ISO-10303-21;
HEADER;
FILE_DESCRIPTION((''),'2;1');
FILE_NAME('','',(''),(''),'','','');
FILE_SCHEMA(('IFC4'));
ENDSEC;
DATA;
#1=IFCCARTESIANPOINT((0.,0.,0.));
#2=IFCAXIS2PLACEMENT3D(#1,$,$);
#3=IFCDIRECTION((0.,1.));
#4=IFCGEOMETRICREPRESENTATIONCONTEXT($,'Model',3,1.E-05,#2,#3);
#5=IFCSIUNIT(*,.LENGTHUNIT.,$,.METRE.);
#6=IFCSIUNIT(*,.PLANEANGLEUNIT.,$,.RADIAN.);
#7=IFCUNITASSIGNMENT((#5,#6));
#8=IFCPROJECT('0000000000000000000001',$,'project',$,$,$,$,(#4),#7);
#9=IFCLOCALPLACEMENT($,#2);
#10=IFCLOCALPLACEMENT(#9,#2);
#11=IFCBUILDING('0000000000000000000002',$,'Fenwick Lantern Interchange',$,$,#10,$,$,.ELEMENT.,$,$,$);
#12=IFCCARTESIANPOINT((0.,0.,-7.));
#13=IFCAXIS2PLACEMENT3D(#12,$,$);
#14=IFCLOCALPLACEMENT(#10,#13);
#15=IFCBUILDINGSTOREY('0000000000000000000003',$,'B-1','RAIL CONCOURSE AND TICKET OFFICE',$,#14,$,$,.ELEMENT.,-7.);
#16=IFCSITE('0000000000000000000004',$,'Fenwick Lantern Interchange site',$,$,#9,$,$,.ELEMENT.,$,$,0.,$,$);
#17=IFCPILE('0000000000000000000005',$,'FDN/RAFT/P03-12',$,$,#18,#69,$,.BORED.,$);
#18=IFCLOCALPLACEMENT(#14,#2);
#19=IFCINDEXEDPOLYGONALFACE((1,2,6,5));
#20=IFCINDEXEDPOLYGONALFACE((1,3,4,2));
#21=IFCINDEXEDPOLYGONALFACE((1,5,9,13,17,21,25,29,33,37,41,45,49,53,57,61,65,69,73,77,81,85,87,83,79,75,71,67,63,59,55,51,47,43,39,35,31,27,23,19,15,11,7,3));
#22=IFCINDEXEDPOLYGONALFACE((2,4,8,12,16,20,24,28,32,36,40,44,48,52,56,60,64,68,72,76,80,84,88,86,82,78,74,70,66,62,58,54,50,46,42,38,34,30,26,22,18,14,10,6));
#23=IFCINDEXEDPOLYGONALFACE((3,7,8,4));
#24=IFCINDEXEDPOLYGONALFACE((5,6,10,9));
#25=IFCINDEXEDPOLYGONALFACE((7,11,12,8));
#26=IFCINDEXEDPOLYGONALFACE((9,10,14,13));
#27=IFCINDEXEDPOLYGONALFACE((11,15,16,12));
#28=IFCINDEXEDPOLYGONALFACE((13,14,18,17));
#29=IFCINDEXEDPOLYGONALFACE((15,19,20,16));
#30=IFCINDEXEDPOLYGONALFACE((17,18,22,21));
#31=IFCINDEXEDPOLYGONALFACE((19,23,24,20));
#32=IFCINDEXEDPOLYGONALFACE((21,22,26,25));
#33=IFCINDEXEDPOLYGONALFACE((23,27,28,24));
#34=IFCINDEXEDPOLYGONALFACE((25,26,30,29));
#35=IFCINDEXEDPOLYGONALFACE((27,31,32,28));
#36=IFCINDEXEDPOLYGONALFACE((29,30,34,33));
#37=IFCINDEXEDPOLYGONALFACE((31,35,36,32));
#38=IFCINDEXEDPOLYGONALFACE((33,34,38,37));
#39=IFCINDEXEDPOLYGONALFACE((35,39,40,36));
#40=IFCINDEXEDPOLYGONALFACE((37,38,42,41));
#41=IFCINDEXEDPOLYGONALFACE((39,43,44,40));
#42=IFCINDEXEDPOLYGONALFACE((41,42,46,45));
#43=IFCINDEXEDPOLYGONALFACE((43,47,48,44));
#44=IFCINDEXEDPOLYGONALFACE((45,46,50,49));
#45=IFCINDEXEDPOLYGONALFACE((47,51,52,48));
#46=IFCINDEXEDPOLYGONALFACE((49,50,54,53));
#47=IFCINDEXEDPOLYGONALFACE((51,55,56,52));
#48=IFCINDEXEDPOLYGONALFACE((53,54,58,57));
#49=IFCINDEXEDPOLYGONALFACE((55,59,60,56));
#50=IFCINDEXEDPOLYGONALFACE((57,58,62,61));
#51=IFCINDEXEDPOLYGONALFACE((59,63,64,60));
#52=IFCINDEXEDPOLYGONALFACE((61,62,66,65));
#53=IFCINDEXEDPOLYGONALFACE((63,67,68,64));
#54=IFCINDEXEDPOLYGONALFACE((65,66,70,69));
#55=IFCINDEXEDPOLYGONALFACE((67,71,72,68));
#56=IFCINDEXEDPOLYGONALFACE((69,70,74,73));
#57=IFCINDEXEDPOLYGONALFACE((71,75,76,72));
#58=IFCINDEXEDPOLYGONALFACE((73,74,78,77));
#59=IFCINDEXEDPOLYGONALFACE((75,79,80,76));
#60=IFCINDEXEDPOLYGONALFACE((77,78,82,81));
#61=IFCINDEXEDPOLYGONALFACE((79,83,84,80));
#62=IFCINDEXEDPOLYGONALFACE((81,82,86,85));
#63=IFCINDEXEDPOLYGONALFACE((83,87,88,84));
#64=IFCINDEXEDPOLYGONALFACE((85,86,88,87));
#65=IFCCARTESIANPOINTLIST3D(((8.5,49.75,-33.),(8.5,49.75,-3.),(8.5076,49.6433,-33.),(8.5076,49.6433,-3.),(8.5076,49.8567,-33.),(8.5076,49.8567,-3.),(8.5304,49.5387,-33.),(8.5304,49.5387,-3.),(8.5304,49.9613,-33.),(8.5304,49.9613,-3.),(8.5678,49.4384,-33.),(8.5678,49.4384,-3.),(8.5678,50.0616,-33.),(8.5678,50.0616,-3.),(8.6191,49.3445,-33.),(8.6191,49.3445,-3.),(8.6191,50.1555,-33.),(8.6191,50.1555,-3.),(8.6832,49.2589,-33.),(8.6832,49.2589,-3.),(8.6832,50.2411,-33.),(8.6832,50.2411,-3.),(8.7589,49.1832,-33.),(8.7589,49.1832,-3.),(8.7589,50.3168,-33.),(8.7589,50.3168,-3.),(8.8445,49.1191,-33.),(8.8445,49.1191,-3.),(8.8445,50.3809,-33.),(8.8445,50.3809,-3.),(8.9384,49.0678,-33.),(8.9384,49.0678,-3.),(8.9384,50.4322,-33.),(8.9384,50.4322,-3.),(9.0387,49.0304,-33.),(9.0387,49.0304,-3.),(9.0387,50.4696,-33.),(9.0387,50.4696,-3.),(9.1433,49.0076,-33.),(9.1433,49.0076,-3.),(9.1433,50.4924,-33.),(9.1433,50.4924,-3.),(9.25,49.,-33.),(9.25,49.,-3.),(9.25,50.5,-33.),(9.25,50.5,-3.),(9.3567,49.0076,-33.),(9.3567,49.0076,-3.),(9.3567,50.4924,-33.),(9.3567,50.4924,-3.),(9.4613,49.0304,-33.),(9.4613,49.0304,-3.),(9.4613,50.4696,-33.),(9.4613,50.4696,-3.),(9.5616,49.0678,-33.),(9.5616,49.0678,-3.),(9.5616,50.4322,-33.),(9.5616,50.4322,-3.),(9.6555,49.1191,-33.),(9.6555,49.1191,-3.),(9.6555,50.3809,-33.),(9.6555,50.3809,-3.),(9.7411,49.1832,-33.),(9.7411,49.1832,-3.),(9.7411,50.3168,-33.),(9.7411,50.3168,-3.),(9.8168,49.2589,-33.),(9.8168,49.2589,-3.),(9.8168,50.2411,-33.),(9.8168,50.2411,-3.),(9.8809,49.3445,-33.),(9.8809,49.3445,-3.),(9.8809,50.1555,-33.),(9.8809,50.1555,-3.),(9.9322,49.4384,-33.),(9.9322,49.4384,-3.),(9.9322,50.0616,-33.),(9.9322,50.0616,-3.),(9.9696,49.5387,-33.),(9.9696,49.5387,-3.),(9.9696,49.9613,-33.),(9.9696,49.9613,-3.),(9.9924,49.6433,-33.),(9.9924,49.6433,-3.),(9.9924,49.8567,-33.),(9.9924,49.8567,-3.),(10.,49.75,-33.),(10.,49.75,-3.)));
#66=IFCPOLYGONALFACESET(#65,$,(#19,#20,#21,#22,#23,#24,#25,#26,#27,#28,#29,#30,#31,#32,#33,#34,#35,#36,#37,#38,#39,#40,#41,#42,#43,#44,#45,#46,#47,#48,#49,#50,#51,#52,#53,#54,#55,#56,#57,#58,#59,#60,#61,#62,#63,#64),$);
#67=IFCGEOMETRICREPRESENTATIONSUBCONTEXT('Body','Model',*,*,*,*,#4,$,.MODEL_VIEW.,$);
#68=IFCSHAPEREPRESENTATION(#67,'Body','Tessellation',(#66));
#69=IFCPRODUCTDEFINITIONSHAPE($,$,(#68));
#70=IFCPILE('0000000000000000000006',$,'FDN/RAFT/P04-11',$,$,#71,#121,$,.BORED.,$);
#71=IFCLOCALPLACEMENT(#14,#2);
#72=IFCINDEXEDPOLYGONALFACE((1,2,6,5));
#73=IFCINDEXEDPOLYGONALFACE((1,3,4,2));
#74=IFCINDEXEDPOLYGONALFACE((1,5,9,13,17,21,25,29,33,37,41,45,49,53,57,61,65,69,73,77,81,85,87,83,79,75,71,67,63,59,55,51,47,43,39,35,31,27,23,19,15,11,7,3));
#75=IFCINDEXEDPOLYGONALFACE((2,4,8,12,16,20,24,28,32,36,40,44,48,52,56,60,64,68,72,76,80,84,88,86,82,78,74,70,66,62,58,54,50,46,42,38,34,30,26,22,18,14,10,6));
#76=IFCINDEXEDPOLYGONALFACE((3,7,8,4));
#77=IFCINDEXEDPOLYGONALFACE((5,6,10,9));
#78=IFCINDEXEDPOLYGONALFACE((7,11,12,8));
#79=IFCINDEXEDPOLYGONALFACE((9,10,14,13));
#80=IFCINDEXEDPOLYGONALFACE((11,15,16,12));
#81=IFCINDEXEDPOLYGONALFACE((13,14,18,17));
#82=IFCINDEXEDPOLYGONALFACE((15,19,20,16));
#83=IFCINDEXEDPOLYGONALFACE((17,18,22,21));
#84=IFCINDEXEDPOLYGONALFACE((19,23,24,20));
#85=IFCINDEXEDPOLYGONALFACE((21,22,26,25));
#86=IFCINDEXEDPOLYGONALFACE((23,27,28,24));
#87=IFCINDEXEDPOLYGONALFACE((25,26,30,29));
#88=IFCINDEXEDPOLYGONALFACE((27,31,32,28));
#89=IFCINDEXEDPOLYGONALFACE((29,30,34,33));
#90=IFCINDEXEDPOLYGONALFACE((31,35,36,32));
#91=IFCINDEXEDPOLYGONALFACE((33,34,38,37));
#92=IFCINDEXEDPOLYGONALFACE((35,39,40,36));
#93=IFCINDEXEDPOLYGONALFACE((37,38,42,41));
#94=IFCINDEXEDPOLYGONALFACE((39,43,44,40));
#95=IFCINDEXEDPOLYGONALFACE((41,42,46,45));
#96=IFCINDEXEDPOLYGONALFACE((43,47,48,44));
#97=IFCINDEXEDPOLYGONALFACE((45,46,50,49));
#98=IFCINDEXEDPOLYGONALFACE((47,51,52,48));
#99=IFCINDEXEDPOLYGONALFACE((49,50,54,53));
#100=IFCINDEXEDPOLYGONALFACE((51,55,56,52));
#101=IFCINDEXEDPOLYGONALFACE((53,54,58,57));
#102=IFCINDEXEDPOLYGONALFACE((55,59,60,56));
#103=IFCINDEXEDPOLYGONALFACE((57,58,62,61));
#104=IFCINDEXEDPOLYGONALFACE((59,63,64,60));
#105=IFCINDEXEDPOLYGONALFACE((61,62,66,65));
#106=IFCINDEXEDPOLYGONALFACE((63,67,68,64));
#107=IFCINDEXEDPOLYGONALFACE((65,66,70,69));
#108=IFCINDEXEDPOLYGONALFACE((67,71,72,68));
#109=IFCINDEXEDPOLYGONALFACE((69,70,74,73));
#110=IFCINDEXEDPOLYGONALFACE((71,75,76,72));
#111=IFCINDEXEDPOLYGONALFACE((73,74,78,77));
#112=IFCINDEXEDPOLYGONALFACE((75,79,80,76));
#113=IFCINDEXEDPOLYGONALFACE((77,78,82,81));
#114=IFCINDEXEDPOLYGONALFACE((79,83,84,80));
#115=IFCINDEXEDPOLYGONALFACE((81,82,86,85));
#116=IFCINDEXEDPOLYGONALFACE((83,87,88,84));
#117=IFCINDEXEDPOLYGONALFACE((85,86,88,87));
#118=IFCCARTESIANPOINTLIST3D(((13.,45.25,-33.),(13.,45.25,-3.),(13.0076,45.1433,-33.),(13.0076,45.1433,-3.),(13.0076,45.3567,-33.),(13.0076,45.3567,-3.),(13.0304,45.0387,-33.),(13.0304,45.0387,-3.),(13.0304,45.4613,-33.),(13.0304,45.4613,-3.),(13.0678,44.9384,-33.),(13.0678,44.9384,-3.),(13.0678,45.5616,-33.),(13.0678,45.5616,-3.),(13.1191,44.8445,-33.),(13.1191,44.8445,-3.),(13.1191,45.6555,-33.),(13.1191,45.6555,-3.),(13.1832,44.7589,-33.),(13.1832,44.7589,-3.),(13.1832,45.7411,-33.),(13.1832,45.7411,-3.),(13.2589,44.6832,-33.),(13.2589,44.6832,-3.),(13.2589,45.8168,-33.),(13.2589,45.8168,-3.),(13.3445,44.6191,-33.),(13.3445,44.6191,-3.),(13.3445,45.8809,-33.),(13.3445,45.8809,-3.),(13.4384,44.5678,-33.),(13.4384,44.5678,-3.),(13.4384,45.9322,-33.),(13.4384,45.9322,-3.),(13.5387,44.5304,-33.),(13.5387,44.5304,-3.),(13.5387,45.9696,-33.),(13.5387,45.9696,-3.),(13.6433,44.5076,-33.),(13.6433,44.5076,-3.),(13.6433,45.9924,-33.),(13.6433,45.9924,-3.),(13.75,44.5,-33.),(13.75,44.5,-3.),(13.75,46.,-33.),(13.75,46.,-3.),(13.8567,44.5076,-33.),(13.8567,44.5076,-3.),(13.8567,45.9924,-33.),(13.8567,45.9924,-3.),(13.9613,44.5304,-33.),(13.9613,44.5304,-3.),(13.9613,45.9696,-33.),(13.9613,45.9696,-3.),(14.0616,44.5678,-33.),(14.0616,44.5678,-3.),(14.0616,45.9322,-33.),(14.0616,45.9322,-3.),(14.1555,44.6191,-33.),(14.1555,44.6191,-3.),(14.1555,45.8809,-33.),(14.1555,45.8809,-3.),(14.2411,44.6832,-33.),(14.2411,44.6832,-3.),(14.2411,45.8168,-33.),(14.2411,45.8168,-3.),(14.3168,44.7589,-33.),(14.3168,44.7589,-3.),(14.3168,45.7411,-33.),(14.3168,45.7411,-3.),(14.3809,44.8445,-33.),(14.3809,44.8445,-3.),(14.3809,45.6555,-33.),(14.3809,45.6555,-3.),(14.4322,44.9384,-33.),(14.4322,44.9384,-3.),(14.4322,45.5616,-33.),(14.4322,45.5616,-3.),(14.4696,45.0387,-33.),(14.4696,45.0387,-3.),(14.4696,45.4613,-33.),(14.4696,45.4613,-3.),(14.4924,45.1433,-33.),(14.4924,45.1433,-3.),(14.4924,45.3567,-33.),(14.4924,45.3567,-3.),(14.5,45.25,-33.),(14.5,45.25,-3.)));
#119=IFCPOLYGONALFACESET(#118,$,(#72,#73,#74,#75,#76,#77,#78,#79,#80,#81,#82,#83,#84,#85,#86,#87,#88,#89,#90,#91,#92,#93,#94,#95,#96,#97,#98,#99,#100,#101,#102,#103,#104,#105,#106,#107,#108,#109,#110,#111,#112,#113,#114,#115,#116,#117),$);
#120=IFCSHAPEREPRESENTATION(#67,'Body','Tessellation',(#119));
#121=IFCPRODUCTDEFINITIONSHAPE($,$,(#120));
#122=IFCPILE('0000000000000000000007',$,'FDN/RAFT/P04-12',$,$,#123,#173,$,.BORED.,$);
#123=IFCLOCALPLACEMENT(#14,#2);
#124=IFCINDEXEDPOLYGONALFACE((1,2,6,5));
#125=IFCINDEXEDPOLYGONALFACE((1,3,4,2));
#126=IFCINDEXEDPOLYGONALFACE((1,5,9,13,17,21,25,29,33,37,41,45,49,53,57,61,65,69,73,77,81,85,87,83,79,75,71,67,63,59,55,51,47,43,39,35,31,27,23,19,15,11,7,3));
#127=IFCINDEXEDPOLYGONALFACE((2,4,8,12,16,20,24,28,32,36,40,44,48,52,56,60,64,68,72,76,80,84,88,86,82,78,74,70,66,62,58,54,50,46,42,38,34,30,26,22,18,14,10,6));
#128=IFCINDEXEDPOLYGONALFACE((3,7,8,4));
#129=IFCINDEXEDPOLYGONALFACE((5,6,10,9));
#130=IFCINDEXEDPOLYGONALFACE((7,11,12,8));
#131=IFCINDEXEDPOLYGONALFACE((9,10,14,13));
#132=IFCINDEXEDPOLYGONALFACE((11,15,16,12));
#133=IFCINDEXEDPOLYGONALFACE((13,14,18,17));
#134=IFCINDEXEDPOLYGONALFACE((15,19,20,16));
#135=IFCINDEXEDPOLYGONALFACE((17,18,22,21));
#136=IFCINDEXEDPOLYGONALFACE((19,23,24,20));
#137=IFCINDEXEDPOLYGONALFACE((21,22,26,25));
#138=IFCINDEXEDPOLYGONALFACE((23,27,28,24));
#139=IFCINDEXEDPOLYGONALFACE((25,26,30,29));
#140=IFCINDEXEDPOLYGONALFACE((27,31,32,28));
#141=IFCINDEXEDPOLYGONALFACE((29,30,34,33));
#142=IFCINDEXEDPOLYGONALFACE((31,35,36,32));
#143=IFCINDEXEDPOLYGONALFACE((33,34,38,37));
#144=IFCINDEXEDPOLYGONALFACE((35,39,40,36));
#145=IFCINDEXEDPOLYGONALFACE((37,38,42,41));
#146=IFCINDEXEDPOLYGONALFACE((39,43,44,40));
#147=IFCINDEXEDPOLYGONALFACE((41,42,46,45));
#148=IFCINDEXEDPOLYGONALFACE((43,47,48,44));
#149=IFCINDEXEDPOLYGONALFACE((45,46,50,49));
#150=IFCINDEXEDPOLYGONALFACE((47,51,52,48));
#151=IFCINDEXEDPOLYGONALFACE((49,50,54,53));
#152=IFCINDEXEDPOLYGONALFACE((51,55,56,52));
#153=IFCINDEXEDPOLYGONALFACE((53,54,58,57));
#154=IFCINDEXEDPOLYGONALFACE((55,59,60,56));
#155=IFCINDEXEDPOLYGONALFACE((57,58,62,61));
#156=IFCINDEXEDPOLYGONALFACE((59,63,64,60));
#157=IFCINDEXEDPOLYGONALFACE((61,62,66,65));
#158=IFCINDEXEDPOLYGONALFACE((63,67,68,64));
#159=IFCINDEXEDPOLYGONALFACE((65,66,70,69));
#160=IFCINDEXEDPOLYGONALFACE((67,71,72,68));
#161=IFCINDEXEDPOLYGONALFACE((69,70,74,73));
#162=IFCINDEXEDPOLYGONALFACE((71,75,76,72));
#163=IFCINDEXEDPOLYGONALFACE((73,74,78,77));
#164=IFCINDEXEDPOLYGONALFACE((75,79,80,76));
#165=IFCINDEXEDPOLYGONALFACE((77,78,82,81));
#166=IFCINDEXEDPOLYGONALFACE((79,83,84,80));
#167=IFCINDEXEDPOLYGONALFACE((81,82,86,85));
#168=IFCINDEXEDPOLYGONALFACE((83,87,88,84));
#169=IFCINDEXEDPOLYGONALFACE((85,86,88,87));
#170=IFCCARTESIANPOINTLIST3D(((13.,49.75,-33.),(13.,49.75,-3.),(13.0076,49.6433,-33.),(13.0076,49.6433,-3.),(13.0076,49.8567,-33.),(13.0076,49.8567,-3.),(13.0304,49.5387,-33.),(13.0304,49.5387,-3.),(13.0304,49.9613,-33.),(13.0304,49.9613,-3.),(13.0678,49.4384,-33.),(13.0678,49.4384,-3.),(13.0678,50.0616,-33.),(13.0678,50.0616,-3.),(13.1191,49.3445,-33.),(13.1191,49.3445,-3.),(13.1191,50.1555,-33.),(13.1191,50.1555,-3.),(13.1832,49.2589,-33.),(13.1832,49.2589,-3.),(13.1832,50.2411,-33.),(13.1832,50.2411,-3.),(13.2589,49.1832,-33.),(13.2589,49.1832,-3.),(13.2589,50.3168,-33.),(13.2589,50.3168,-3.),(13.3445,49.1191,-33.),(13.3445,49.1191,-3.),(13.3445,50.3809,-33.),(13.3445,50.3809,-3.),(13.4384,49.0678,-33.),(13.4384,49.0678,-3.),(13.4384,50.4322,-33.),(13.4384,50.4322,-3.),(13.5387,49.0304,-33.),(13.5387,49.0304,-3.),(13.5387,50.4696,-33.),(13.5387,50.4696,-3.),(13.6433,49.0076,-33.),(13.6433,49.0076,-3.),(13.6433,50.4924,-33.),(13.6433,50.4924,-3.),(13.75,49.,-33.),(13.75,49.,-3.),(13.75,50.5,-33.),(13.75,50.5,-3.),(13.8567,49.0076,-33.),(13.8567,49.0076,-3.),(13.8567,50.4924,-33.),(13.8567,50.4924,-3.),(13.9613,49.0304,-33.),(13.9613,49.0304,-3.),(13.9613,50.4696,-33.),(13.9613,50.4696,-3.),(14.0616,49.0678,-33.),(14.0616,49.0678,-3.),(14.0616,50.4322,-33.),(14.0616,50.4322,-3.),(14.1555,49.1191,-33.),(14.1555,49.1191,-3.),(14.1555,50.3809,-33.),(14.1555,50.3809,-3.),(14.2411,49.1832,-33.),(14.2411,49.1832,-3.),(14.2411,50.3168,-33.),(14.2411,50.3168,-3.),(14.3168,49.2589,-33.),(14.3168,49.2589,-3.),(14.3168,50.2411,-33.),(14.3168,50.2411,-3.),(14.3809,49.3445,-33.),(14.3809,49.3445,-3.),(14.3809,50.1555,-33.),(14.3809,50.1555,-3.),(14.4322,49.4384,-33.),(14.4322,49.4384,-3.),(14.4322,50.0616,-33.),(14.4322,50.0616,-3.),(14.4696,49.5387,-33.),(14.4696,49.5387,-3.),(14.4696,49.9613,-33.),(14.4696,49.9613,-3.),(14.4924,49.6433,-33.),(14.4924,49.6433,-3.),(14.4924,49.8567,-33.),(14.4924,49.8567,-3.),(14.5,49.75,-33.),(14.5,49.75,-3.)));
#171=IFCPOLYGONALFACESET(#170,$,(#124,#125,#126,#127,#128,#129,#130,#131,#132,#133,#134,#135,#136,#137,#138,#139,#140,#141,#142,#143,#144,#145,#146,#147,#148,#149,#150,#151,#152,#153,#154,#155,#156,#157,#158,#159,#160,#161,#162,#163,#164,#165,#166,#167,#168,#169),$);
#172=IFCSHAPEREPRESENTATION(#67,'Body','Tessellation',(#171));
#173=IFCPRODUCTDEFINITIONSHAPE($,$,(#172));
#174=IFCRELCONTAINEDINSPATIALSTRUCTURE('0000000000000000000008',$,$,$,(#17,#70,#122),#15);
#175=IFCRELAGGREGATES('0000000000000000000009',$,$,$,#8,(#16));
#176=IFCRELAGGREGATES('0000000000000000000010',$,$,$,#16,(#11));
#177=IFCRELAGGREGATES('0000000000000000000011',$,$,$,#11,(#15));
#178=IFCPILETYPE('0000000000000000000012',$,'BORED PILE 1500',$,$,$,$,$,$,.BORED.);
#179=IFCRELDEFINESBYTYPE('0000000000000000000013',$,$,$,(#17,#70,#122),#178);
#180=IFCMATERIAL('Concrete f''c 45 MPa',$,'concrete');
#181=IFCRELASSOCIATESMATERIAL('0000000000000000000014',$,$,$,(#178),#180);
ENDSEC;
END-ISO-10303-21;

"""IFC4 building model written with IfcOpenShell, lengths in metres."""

from ifc_helpers import new_model, si_unit, direction, frame, origin, origin_2d, place, context, subcontext, project, spatial, circle, extrude, material, type_object, element, save


model = new_model("IFC4")

# Units and contexts
model_context = context("Model", 3, precision=1e-05, world=origin(), true_north=direction((0.0, 1.0)))
body_context = subcontext(model_context, "Body", "Model", "MODEL_VIEW")
ifc_project = project(units=[si_unit("LENGTHUNIT", "METRE"), si_unit("PLANEANGLEUNIT", "RADIAN")], contexts=[model_context])

# Site, building, storey
site_placement = place(None, origin())
site = spatial("IfcSite", under=ifc_project, at=site_placement, Name="Fenwick Lantern Interchange site", CompositionType="ELEMENT", RefElevation=0.0)
building_placement = place(site_placement, origin())
building = spatial("IfcBuilding", under=site, at=building_placement, Name="Fenwick Lantern Interchange", CompositionType="ELEMENT")
storey_placement = place(building_placement, frame((0.0, 0.0, -7.0)))
storey = spatial("IfcBuildingStorey", under=building, at=storey_placement, Name="B-1", Description="RAIL CONCOURSE AND TICKET OFFICE", CompositionType="ELEMENT", Elevation=-7.0)

# Piles
ifc_material_1 = material(Name="Concrete f'c 45 MPa", Category="concrete")
pile_type_1 = type_object("IfcPileType", Name="BORED PILE 1500", PredefinedType="BORED", material=ifc_material_1)
for number, where, z_axis, x_axis, name in (
    (1, (9.25, 49.75, -3.0), (0.0, 0.0, -1.0), (1.0, 0.0, 0.0), "FDN/RAFT/P03-12"),
    (2, (13.75, 45.25, -3.0), (0.0, 0.0, -1.0), (1.0, 0.0, 0.0), "FDN/RAFT/P04-11"),
    (3, (13.75, 49.75, -3.0), (0.0, 0.0, -1.0), (1.0, 0.0, 0.0), "FDN/RAFT/P04-12"),
):
    element("IfcPile", number, at=place(storey_placement, frame(where, z_axis=z_axis, x_axis=x_axis)), inside=storey, type_object=pile_type_1, Name=name, PredefinedType="BORED", context=body_context, shape_type="SweptSolid", body=[
        extrude(circle(Radius=0.75, at=origin_2d()), origin(), (0.0, 0.0, 1.0), 30.0),
    ])

save(model, "model.ifc")
